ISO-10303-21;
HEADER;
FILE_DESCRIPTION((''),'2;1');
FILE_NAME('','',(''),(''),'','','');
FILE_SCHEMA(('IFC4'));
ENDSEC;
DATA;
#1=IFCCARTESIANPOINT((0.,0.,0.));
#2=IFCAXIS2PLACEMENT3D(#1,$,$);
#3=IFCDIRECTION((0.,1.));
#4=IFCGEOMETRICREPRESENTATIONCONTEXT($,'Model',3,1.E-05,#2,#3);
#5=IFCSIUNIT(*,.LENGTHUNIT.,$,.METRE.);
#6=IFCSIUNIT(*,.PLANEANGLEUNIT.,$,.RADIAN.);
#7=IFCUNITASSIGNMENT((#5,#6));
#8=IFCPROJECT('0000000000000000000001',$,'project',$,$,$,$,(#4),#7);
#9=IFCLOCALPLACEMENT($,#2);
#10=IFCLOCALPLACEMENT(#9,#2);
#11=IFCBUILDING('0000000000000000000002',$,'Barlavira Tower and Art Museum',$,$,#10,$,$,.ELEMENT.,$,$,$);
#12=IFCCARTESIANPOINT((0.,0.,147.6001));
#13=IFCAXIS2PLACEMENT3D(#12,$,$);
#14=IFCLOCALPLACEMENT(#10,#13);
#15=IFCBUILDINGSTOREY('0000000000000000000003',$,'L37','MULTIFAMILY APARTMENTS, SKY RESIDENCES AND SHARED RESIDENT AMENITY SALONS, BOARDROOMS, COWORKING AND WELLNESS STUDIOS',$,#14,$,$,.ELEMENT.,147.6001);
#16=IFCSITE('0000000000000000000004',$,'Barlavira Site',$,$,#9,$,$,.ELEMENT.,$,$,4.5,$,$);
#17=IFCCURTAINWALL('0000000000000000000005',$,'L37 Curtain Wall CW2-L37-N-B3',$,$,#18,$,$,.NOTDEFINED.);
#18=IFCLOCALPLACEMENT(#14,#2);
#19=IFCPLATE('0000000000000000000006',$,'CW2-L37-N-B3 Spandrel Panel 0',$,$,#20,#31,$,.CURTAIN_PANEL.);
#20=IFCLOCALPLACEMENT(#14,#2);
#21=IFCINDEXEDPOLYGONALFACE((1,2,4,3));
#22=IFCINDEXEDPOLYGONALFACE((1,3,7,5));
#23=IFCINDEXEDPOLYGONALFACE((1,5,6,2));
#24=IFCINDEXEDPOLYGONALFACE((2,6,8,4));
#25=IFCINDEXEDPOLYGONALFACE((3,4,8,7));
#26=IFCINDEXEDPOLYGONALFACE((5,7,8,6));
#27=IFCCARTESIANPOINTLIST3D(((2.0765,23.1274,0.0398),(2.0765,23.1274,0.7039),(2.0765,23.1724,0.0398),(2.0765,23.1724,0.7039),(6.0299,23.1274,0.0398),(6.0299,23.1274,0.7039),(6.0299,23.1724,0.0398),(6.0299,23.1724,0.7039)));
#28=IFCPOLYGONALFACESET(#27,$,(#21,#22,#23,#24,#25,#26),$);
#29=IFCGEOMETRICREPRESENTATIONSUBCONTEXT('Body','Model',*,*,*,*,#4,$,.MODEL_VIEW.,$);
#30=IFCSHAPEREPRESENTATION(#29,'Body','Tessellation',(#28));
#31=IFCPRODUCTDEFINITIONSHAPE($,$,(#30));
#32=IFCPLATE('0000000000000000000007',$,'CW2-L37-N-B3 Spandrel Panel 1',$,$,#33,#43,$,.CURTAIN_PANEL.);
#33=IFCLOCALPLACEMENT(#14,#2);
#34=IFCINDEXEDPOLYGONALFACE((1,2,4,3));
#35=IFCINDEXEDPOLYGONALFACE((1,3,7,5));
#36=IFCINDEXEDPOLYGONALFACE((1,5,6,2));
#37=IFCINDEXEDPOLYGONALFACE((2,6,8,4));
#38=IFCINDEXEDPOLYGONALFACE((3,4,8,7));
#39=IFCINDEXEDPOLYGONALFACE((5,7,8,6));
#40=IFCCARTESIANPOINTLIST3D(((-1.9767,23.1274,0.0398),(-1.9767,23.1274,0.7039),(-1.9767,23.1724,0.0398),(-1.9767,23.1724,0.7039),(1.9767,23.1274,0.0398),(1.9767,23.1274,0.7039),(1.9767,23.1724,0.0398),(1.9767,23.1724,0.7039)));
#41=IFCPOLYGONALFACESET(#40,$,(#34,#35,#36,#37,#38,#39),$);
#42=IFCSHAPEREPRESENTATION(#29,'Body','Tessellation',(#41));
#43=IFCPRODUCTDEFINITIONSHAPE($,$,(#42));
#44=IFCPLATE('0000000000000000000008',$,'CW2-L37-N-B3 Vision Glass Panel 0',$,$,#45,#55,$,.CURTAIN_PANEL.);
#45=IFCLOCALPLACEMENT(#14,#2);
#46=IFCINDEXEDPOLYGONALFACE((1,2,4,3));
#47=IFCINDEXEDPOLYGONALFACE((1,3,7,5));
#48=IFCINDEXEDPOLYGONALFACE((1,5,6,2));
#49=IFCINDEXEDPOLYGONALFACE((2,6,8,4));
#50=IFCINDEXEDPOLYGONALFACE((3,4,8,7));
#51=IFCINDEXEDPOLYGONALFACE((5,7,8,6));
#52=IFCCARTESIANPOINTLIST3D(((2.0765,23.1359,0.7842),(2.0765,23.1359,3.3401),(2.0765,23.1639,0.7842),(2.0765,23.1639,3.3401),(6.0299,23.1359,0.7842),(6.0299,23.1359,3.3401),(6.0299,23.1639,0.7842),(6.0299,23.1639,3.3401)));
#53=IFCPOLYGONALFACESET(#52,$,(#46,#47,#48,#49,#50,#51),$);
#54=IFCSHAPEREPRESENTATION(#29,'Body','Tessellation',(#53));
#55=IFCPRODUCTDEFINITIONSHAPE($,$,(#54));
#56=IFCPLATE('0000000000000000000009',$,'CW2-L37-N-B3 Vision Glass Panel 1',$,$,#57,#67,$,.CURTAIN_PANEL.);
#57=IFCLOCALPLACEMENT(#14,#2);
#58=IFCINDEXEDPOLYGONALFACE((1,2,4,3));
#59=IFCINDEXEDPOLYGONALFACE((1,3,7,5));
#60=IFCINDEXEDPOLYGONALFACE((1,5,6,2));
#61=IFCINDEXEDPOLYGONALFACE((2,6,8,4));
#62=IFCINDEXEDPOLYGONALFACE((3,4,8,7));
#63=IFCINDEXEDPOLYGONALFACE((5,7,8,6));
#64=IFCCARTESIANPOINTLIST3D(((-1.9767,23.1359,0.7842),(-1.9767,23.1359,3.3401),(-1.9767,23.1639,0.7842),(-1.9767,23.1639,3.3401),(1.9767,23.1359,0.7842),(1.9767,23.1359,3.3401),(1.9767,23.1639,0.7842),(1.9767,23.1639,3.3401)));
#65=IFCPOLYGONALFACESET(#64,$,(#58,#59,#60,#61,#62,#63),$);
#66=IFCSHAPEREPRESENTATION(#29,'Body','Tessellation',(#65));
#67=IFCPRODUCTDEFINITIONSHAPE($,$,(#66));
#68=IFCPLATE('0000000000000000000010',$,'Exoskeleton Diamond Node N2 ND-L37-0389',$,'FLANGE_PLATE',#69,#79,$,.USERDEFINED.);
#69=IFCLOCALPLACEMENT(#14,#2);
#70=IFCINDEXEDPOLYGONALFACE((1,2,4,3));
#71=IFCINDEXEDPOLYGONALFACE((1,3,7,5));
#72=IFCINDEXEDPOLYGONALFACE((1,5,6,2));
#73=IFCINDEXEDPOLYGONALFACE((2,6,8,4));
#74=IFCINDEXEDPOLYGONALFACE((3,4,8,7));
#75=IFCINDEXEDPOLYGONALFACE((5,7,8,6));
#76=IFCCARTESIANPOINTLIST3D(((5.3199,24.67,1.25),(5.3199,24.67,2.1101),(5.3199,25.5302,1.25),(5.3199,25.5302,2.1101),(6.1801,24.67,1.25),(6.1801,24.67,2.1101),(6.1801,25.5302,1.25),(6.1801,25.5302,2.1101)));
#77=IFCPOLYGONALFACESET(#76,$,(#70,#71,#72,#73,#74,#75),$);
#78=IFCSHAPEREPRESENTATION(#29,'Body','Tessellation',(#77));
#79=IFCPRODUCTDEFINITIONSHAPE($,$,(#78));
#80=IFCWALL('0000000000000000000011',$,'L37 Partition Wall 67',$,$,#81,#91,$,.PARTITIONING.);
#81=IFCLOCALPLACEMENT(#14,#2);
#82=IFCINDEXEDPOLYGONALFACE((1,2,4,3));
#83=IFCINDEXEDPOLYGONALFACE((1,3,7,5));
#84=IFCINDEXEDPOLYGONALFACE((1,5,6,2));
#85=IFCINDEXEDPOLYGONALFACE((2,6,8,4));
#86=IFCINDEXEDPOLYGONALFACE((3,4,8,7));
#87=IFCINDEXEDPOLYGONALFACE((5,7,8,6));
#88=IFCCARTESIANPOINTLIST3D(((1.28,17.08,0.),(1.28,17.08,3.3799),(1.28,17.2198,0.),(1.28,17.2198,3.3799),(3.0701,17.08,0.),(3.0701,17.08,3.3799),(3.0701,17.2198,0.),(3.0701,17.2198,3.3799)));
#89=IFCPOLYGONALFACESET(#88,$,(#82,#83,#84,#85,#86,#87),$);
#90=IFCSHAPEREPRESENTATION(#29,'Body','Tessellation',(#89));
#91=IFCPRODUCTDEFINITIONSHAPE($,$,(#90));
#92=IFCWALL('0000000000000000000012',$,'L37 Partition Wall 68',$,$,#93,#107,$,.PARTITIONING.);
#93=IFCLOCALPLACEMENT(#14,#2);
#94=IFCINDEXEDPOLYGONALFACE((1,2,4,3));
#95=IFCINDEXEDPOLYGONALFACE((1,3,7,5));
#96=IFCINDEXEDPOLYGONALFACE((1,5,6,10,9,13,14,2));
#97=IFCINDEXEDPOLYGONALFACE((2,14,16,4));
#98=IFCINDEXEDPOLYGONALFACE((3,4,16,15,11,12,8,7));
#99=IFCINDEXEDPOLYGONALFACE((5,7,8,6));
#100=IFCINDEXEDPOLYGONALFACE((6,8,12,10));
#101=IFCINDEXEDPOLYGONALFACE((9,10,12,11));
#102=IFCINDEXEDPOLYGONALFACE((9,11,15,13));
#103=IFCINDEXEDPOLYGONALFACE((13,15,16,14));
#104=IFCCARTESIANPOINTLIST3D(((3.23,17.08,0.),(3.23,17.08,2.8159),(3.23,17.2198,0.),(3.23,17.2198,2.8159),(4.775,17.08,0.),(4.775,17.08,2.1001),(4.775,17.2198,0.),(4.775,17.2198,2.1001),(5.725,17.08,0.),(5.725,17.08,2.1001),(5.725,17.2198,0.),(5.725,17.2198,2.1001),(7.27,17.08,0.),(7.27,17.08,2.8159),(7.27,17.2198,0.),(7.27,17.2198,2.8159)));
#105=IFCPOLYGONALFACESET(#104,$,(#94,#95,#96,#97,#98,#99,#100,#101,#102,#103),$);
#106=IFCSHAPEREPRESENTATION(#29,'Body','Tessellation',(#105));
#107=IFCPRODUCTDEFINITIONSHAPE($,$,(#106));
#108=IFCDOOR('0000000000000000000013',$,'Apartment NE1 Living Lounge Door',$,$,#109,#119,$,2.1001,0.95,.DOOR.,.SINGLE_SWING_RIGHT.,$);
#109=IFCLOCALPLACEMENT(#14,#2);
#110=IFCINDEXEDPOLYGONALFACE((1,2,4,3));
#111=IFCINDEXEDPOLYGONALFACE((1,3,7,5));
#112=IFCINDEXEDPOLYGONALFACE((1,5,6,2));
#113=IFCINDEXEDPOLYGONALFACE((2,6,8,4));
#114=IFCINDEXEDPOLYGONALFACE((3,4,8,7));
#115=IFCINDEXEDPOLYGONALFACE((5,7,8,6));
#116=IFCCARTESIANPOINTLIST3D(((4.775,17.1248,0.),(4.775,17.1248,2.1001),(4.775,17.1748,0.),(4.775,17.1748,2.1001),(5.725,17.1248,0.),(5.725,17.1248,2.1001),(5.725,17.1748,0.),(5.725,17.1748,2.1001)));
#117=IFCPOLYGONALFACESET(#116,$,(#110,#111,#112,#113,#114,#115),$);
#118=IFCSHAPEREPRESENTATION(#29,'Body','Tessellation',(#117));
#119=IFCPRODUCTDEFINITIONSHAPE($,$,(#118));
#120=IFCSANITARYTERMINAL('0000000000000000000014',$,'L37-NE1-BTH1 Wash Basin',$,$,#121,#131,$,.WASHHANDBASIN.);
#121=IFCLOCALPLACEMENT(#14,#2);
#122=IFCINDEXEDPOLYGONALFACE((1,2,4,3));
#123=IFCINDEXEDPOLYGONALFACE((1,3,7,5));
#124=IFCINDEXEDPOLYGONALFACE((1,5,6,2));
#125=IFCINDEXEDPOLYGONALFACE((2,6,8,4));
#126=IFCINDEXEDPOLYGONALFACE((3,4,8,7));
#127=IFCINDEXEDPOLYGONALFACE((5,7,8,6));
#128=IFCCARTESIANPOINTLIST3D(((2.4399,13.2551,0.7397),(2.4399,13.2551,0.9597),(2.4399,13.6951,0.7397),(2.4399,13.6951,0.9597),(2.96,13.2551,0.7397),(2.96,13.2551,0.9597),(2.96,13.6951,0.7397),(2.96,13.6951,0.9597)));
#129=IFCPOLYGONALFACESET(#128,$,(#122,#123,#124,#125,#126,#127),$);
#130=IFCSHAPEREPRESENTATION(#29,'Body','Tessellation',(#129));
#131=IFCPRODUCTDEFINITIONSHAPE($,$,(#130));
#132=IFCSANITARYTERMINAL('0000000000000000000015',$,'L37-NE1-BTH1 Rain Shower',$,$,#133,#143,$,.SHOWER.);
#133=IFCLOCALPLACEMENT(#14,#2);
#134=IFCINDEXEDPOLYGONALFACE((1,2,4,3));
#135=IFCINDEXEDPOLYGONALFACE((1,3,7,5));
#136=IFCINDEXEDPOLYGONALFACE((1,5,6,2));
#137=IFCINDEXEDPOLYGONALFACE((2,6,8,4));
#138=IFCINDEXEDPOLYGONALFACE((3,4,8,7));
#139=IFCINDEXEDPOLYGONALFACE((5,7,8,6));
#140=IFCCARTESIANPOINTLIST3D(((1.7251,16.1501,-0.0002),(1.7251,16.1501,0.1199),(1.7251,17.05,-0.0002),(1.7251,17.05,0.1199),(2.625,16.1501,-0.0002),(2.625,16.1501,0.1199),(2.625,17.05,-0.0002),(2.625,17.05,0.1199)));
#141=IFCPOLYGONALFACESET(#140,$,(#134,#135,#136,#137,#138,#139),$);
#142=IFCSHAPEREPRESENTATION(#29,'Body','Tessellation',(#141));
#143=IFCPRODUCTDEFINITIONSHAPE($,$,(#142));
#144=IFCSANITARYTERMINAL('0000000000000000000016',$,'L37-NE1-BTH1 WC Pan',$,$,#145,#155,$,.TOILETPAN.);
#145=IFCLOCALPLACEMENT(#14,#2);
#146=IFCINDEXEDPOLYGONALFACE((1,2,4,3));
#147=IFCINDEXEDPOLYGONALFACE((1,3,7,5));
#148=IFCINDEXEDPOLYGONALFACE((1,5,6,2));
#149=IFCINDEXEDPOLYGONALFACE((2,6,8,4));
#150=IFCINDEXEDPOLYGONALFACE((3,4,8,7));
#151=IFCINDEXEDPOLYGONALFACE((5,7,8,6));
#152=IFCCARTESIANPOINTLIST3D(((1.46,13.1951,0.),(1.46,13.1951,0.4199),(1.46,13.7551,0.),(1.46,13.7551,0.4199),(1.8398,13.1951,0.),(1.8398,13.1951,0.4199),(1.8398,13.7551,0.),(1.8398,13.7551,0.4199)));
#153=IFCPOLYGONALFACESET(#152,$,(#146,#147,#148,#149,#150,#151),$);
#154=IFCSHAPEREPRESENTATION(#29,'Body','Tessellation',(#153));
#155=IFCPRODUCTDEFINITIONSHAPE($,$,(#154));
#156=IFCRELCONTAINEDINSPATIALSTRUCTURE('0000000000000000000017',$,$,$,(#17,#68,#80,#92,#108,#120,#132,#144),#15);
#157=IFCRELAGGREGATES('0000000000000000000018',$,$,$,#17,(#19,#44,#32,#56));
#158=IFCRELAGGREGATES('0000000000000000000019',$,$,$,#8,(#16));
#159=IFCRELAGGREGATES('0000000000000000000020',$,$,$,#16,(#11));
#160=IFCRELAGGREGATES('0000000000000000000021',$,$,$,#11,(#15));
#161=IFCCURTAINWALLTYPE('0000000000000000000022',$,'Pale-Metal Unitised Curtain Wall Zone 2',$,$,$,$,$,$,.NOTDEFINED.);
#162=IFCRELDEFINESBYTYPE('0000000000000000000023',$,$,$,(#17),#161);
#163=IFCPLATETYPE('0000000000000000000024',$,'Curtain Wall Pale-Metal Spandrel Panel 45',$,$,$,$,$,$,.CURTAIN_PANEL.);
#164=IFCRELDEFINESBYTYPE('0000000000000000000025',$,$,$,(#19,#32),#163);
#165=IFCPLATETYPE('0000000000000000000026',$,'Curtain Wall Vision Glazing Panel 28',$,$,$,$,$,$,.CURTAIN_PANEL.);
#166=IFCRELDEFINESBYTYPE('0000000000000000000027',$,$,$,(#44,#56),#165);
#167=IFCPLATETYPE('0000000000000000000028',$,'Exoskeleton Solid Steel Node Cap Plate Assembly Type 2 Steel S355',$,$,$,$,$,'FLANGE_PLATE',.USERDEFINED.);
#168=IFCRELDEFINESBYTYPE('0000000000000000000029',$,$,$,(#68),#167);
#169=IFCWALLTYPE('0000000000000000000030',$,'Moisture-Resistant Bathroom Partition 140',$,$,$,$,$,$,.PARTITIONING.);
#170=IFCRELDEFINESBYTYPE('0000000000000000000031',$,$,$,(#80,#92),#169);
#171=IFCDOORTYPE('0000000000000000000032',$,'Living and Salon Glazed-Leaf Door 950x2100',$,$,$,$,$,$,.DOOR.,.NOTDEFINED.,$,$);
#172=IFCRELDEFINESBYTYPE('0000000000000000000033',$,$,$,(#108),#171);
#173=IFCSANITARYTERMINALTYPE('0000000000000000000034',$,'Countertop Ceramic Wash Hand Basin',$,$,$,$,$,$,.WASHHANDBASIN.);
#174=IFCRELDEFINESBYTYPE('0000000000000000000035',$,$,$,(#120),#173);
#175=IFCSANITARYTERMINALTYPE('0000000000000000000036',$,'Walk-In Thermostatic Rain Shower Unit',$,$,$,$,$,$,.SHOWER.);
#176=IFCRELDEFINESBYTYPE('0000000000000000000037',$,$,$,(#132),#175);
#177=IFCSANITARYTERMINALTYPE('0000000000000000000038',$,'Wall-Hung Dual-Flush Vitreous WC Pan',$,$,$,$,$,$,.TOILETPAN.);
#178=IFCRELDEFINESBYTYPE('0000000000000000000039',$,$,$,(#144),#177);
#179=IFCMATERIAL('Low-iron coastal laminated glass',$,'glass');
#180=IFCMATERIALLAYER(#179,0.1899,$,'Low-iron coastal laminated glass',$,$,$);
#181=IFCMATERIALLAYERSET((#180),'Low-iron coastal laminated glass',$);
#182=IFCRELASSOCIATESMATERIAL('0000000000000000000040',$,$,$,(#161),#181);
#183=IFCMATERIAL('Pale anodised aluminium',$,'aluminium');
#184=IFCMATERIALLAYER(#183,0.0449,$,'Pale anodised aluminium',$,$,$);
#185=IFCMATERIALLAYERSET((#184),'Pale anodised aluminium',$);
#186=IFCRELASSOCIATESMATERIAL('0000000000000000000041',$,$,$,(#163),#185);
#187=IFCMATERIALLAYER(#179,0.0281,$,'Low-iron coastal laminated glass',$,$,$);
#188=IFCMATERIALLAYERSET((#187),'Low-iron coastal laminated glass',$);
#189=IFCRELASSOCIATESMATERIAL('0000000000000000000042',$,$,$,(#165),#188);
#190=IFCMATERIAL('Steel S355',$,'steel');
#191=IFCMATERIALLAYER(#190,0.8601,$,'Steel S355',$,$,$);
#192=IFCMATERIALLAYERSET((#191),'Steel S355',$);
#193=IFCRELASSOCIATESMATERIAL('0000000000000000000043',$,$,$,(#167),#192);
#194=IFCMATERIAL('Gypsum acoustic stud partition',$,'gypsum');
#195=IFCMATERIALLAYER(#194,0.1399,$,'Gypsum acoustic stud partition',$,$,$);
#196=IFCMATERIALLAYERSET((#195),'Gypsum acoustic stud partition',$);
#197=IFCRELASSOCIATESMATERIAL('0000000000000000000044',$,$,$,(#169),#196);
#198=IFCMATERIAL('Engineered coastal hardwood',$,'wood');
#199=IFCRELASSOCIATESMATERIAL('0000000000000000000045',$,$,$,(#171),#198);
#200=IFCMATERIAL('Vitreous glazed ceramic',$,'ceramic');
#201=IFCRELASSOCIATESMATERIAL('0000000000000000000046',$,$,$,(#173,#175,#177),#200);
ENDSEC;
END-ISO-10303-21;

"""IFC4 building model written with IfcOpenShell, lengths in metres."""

from ifc_helpers import new_model, si_unit, direction, frame, frame_2d, origin, origin_2d, place, context, subcontext, project, spatial, rectangle, extrude, material, layer, layer_set, type_object, element, fill, aggregate, save


model = new_model("IFC4")

# Units and contexts
model_context = context("Model", 3, precision=1e-05, world=origin(), true_north=direction((0.0, 1.0)))
body_context = subcontext(model_context, "Body", "Model", "MODEL_VIEW")
ifc_project = project(units=[si_unit("LENGTHUNIT", "METRE"), si_unit("PLANEANGLEUNIT", "RADIAN")], contexts=[model_context])

# Site, building, storey
site_placement = place(None, origin())
site = spatial("IfcSite", under=ifc_project, at=site_placement, Name="Barlavira Site", CompositionType="ELEMENT", RefElevation=4.5)
building_placement = place(site_placement, origin())
building = spatial("IfcBuilding", under=site, at=building_placement, Name="Barlavira Tower and Art Museum", CompositionType="ELEMENT")
storey_placement = place(building_placement, frame((0.0, 0.0, 147.6001)))
storey = spatial("IfcBuildingStorey", under=building, at=storey_placement, Name="L37", Description="MULTIFAMILY APARTMENTS, SKY RESIDENCES AND SHARED RESIDENT AMENITY SALONS, BOARDROOMS, COWORKING AND WELLNESS STUDIOS", CompositionType="ELEMENT", Elevation=147.6001)

# Curtain wall
ifc_material_1 = material(Name="Low-iron coastal laminated glass", Category="glass")
ifc_layer_1 = layer(ifc_material_1, 0.1899, Name="Low-iron coastal laminated glass")
ifc_layer_set_1 = layer_set([ifc_layer_1], Name="Low-iron coastal laminated glass")
curtain_wall_type = type_object("IfcCurtainWallType", Name="Pale-Metal Unitised Curtain Wall Zone 2", PredefinedType="NOTDEFINED", material=ifc_layer_set_1)
curtain_wall_placement = place(storey_placement, origin())
curtain_wall = element("IfcCurtainWall", 1, at=curtain_wall_placement, inside=storey, type_object=curtain_wall_type, Name="L37 Curtain Wall CW2-L37-N-B3", PredefinedType="NOTDEFINED")
ifc_material_2 = material(Name="Pale anodised aluminium", Category="aluminium")

# Shared definitions
ifc_material_3 = material(Name="Steel S355", Category="steel")

# Plates
ifc_layer_2 = layer(ifc_material_2, 0.0449, Name="Pale anodised aluminium")
ifc_layer_set_2 = layer_set([ifc_layer_2], Name="Pale anodised aluminium")
plate_type_1 = type_object("IfcPlateType", Name="Curtain Wall Pale-Metal Spandrel Panel 45", PredefinedType="CURTAIN_PANEL", material=ifc_layer_set_2)
plate_1_placement = place(storey_placement, frame((4.0532, 23.1499, 0.0398), z_axis=(0.0, 0.0, 1.0), x_axis=(-1.0, 0.0, 0.0)))
plate_1 = element("IfcPlate", 2, at=plate_1_placement, type_object=plate_type_1, Name="CW2-L37-N-B3 Spandrel Panel 0", PredefinedType="CURTAIN_PANEL", context=body_context, shape_type="SweptSolid", body=[
    extrude(rectangle(XDim=3.9534, YDim=0.0449, at=origin_2d()), origin(), (0.0, 0.0, 1.0), 0.6641),
])
plate_2_placement = place(storey_placement, frame((0.0, 23.1499, 0.0398), z_axis=(0.0, 0.0, 1.0), x_axis=(-1.0, 0.0, 0.0)))
plate_2 = element("IfcPlate", 3, at=plate_2_placement, type_object=plate_type_1, Name="CW2-L37-N-B3 Spandrel Panel 1", PredefinedType="CURTAIN_PANEL", context=body_context, shape_type="SweptSolid", body=[
    extrude(rectangle(XDim=3.9534, YDim=0.0449, at=origin_2d()), origin(), (0.0, 0.0, 1.0), 0.6641),
])
ifc_layer_3 = layer(ifc_material_1, 0.0281, Name="Low-iron coastal laminated glass")
ifc_layer_set_3 = layer_set([ifc_layer_3], Name="Low-iron coastal laminated glass")
plate_type_2 = type_object("IfcPlateType", Name="Curtain Wall Vision Glazing Panel 28", PredefinedType="CURTAIN_PANEL", material=ifc_layer_set_3)
plate_3_placement = place(storey_placement, frame((4.0532, 23.1499, 0.7842), z_axis=(0.0, 0.0, 1.0), x_axis=(-1.0, 0.0, 0.0)))
plate_3 = element("IfcPlate", 4, at=plate_3_placement, type_object=plate_type_2, Name="CW2-L37-N-B3 Vision Glass Panel 0", PredefinedType="CURTAIN_PANEL", context=body_context, shape_type="SweptSolid", body=[
    extrude(rectangle(XDim=3.9534, YDim=0.0281, at=origin_2d()), origin(), (0.0, 0.0, 1.0), 2.5559),
])
plate_4_placement = place(storey_placement, frame((0.0, 23.1499, 0.7842), z_axis=(0.0, 0.0, 1.0), x_axis=(-1.0, 0.0, 0.0)))
plate_4 = element("IfcPlate", 5, at=plate_4_placement, type_object=plate_type_2, Name="CW2-L37-N-B3 Vision Glass Panel 1", PredefinedType="CURTAIN_PANEL", context=body_context, shape_type="SweptSolid", body=[
    extrude(rectangle(XDim=3.9534, YDim=0.0281, at=origin_2d()), origin(), (0.0, 0.0, 1.0), 2.5559),
])
aggregate(curtain_wall, [plate_1, plate_3, plate_2, plate_4])
ifc_layer_4 = layer(ifc_material_3, 0.8601, Name="Steel S355")
ifc_layer_set_4 = layer_set([ifc_layer_4], Name="Steel S355")
plate_type_3 = type_object("IfcPlateType", Name="Exoskeleton Solid Steel Node Cap Plate Assembly Type 2 Steel S355", ElementType="FLANGE_PLATE", PredefinedType="USERDEFINED", material=ifc_layer_set_4)
plate_5_placement = place(storey_placement, frame((5.75, 25.1001, 1.25), z_axis=(0.0, 0.0, 1.0), x_axis=(1.0, 0.0, 0.0)))
element("IfcPlate", 6, at=plate_5_placement, inside=storey, type_object=plate_type_3, Name="Exoskeleton Diamond Node N2 ND-L37-0389", ObjectType="FLANGE_PLATE", PredefinedType="USERDEFINED", context=body_context, shape_type="SweptSolid", body=[
    extrude(rectangle(XDim=0.8601, YDim=0.8601, at=origin_2d()), origin(), (0.0, 0.0, 1.0), 0.8601),
])

# Shared definitions
ifc_material_4 = material(Name="Gypsum acoustic stud partition", Category="gypsum")

# Wall
ifc_layer_5 = layer(ifc_material_4, 0.1399, Name="Gypsum acoustic stud partition")
ifc_layer_set_5 = layer_set([ifc_layer_5], Name="Gypsum acoustic stud partition")
wall_type_1 = type_object("IfcWallType", Name="Moisture-Resistant Bathroom Partition 140", PredefinedType="PARTITIONING", material=ifc_layer_set_5)
wall_1_placement = place(storey_placement, frame((1.28, 17.1499, 0.0), z_axis=(0.0, 0.0, 1.0), x_axis=(1.0, 0.0, 0.0)))
element("IfcWall", 7, at=wall_1_placement, inside=storey, type_object=wall_type_1, Name="L37 Partition Wall 67", PredefinedType="PARTITIONING", context=body_context, shape_type="SweptSolid", body=[
    extrude(rectangle(XDim=1.79, YDim=0.1399, at=frame_2d((0.895, 0.0))), origin(), (0.0, 0.0, 1.0), 3.3799),
])

# Wall, opening, door
wall_2_placement = place(storey_placement, frame((3.23, 17.1499, 0.0), z_axis=(0.0, 0.0, 1.0), x_axis=(1.0, 0.0, 0.0)))
wall_2 = element("IfcWall", 8, at=wall_2_placement, inside=storey, type_object=wall_type_1, Name="L37 Partition Wall 68", PredefinedType="PARTITIONING", context=body_context, shape_type="SweptSolid", body=[
    extrude(rectangle(XDim=4.04, YDim=0.1399, at=frame_2d((2.02, 0.0))), origin(), (0.0, 0.0, 1.0), 2.8159),
])
opening_1_placement = place(wall_2_placement, frame((1.5449, 0.0, 0.0)))
opening_1 = element("IfcOpeningElement", 9, at=opening_1_placement, cuts=wall_2, PredefinedType="OPENING", context=body_context, shape_type="SweptSolid", body=[
    extrude(rectangle(XDim=0.95, YDim=2.1001, at=frame_2d((0.4751, 1.05))), frame((0.0, 0.0801, 0.0), z_axis=(0.0, -1.0, 0.0), x_axis=(1.0, 0.0, 0.0)), (0.0, 0.0, 1.0), 0.1599),
])
ifc_material_5 = material(Name="Engineered coastal hardwood", Category="wood")
door_type_1 = type_object("IfcDoorType", Name="Living and Salon Glazed-Leaf Door 950x2100", OperationType="NOTDEFINED", PredefinedType="DOOR", material=ifc_material_5)
door_1_placement = place(opening_1_placement, origin())
door_1 = element("IfcDoor", 10, at=door_1_placement, inside=storey, type_object=door_type_1, Name="Apartment NE1 Living Lounge Door", OperationType="SINGLE_SWING_RIGHT", OverallHeight=2.1001, OverallWidth=0.95, PredefinedType="DOOR", context=body_context, shape_type="SweptSolid", body=[
    extrude(rectangle(XDim=0.95, YDim=2.1001, at=frame_2d((0.4751, 1.05))), frame((0.0, 0.0249, 0.0), z_axis=(0.0, -1.0, 0.0), x_axis=(1.0, 0.0, 0.0)), (0.0, 0.0, 1.0), 0.05),
])
fill(opening_1, door_1)

# Sanitary terminals
ifc_material_6 = material(Name="Vitreous glazed ceramic", Category="ceramic")
sanitary_terminal_type_1 = type_object("IfcSanitaryTerminalType", Name="Countertop Ceramic Wash Hand Basin", PredefinedType="WASHHANDBASIN", material=ifc_material_6)
sanitary_terminal_1_placement = place(storey_placement, frame((2.7, 13.4751, 0.7397), z_axis=(0.0, 0.0, 1.0), x_axis=(1.0, 0.0, 0.0)))
element("IfcSanitaryTerminal", 11, at=sanitary_terminal_1_placement, inside=storey, type_object=sanitary_terminal_type_1, Name="L37-NE1-BTH1 Wash Basin", PredefinedType="WASHHANDBASIN", context=body_context, shape_type="SweptSolid", body=[
    extrude(rectangle(XDim=0.52, YDim=0.4399, at=origin_2d()), origin(), (0.0, 0.0, 1.0), 0.22),
])
sanitary_terminal_type_2 = type_object("IfcSanitaryTerminalType", Name="Walk-In Thermostatic Rain Shower Unit", PredefinedType="SHOWER", material=ifc_material_6)
sanitary_terminal_2_placement = place(storey_placement, frame((2.175, 16.6001, -0.0002), z_axis=(0.0, 0.0, 1.0), x_axis=(1.0, 0.0, 0.0)))
element("IfcSanitaryTerminal", 12, at=sanitary_terminal_2_placement, inside=storey, type_object=sanitary_terminal_type_2, Name="L37-NE1-BTH1 Rain Shower", PredefinedType="SHOWER", context=body_context, shape_type="SweptSolid", body=[
    extrude(rectangle(XDim=0.8999, YDim=0.8999, at=origin_2d()), origin(), (0.0, 0.0, 1.0), 0.1201),
])
sanitary_terminal_type_3 = type_object("IfcSanitaryTerminalType", Name="Wall-Hung Dual-Flush Vitreous WC Pan", PredefinedType="TOILETPAN", material=ifc_material_6)
sanitary_terminal_3_placement = place(storey_placement, frame((1.6499, 13.4751, 0.0), z_axis=(0.0, 0.0, 1.0), x_axis=(1.0, 0.0, 0.0)))
element("IfcSanitaryTerminal", 13, at=sanitary_terminal_3_placement, inside=storey, type_object=sanitary_terminal_type_3, Name="L37-NE1-BTH1 WC Pan", PredefinedType="TOILETPAN", context=body_context, shape_type="SweptSolid", body=[
    extrude(rectangle(XDim=0.3799, YDim=0.5601, at=origin_2d()), origin(), (0.0, 0.0, 1.0), 0.4199),
])

save(model, "model.ifc")
